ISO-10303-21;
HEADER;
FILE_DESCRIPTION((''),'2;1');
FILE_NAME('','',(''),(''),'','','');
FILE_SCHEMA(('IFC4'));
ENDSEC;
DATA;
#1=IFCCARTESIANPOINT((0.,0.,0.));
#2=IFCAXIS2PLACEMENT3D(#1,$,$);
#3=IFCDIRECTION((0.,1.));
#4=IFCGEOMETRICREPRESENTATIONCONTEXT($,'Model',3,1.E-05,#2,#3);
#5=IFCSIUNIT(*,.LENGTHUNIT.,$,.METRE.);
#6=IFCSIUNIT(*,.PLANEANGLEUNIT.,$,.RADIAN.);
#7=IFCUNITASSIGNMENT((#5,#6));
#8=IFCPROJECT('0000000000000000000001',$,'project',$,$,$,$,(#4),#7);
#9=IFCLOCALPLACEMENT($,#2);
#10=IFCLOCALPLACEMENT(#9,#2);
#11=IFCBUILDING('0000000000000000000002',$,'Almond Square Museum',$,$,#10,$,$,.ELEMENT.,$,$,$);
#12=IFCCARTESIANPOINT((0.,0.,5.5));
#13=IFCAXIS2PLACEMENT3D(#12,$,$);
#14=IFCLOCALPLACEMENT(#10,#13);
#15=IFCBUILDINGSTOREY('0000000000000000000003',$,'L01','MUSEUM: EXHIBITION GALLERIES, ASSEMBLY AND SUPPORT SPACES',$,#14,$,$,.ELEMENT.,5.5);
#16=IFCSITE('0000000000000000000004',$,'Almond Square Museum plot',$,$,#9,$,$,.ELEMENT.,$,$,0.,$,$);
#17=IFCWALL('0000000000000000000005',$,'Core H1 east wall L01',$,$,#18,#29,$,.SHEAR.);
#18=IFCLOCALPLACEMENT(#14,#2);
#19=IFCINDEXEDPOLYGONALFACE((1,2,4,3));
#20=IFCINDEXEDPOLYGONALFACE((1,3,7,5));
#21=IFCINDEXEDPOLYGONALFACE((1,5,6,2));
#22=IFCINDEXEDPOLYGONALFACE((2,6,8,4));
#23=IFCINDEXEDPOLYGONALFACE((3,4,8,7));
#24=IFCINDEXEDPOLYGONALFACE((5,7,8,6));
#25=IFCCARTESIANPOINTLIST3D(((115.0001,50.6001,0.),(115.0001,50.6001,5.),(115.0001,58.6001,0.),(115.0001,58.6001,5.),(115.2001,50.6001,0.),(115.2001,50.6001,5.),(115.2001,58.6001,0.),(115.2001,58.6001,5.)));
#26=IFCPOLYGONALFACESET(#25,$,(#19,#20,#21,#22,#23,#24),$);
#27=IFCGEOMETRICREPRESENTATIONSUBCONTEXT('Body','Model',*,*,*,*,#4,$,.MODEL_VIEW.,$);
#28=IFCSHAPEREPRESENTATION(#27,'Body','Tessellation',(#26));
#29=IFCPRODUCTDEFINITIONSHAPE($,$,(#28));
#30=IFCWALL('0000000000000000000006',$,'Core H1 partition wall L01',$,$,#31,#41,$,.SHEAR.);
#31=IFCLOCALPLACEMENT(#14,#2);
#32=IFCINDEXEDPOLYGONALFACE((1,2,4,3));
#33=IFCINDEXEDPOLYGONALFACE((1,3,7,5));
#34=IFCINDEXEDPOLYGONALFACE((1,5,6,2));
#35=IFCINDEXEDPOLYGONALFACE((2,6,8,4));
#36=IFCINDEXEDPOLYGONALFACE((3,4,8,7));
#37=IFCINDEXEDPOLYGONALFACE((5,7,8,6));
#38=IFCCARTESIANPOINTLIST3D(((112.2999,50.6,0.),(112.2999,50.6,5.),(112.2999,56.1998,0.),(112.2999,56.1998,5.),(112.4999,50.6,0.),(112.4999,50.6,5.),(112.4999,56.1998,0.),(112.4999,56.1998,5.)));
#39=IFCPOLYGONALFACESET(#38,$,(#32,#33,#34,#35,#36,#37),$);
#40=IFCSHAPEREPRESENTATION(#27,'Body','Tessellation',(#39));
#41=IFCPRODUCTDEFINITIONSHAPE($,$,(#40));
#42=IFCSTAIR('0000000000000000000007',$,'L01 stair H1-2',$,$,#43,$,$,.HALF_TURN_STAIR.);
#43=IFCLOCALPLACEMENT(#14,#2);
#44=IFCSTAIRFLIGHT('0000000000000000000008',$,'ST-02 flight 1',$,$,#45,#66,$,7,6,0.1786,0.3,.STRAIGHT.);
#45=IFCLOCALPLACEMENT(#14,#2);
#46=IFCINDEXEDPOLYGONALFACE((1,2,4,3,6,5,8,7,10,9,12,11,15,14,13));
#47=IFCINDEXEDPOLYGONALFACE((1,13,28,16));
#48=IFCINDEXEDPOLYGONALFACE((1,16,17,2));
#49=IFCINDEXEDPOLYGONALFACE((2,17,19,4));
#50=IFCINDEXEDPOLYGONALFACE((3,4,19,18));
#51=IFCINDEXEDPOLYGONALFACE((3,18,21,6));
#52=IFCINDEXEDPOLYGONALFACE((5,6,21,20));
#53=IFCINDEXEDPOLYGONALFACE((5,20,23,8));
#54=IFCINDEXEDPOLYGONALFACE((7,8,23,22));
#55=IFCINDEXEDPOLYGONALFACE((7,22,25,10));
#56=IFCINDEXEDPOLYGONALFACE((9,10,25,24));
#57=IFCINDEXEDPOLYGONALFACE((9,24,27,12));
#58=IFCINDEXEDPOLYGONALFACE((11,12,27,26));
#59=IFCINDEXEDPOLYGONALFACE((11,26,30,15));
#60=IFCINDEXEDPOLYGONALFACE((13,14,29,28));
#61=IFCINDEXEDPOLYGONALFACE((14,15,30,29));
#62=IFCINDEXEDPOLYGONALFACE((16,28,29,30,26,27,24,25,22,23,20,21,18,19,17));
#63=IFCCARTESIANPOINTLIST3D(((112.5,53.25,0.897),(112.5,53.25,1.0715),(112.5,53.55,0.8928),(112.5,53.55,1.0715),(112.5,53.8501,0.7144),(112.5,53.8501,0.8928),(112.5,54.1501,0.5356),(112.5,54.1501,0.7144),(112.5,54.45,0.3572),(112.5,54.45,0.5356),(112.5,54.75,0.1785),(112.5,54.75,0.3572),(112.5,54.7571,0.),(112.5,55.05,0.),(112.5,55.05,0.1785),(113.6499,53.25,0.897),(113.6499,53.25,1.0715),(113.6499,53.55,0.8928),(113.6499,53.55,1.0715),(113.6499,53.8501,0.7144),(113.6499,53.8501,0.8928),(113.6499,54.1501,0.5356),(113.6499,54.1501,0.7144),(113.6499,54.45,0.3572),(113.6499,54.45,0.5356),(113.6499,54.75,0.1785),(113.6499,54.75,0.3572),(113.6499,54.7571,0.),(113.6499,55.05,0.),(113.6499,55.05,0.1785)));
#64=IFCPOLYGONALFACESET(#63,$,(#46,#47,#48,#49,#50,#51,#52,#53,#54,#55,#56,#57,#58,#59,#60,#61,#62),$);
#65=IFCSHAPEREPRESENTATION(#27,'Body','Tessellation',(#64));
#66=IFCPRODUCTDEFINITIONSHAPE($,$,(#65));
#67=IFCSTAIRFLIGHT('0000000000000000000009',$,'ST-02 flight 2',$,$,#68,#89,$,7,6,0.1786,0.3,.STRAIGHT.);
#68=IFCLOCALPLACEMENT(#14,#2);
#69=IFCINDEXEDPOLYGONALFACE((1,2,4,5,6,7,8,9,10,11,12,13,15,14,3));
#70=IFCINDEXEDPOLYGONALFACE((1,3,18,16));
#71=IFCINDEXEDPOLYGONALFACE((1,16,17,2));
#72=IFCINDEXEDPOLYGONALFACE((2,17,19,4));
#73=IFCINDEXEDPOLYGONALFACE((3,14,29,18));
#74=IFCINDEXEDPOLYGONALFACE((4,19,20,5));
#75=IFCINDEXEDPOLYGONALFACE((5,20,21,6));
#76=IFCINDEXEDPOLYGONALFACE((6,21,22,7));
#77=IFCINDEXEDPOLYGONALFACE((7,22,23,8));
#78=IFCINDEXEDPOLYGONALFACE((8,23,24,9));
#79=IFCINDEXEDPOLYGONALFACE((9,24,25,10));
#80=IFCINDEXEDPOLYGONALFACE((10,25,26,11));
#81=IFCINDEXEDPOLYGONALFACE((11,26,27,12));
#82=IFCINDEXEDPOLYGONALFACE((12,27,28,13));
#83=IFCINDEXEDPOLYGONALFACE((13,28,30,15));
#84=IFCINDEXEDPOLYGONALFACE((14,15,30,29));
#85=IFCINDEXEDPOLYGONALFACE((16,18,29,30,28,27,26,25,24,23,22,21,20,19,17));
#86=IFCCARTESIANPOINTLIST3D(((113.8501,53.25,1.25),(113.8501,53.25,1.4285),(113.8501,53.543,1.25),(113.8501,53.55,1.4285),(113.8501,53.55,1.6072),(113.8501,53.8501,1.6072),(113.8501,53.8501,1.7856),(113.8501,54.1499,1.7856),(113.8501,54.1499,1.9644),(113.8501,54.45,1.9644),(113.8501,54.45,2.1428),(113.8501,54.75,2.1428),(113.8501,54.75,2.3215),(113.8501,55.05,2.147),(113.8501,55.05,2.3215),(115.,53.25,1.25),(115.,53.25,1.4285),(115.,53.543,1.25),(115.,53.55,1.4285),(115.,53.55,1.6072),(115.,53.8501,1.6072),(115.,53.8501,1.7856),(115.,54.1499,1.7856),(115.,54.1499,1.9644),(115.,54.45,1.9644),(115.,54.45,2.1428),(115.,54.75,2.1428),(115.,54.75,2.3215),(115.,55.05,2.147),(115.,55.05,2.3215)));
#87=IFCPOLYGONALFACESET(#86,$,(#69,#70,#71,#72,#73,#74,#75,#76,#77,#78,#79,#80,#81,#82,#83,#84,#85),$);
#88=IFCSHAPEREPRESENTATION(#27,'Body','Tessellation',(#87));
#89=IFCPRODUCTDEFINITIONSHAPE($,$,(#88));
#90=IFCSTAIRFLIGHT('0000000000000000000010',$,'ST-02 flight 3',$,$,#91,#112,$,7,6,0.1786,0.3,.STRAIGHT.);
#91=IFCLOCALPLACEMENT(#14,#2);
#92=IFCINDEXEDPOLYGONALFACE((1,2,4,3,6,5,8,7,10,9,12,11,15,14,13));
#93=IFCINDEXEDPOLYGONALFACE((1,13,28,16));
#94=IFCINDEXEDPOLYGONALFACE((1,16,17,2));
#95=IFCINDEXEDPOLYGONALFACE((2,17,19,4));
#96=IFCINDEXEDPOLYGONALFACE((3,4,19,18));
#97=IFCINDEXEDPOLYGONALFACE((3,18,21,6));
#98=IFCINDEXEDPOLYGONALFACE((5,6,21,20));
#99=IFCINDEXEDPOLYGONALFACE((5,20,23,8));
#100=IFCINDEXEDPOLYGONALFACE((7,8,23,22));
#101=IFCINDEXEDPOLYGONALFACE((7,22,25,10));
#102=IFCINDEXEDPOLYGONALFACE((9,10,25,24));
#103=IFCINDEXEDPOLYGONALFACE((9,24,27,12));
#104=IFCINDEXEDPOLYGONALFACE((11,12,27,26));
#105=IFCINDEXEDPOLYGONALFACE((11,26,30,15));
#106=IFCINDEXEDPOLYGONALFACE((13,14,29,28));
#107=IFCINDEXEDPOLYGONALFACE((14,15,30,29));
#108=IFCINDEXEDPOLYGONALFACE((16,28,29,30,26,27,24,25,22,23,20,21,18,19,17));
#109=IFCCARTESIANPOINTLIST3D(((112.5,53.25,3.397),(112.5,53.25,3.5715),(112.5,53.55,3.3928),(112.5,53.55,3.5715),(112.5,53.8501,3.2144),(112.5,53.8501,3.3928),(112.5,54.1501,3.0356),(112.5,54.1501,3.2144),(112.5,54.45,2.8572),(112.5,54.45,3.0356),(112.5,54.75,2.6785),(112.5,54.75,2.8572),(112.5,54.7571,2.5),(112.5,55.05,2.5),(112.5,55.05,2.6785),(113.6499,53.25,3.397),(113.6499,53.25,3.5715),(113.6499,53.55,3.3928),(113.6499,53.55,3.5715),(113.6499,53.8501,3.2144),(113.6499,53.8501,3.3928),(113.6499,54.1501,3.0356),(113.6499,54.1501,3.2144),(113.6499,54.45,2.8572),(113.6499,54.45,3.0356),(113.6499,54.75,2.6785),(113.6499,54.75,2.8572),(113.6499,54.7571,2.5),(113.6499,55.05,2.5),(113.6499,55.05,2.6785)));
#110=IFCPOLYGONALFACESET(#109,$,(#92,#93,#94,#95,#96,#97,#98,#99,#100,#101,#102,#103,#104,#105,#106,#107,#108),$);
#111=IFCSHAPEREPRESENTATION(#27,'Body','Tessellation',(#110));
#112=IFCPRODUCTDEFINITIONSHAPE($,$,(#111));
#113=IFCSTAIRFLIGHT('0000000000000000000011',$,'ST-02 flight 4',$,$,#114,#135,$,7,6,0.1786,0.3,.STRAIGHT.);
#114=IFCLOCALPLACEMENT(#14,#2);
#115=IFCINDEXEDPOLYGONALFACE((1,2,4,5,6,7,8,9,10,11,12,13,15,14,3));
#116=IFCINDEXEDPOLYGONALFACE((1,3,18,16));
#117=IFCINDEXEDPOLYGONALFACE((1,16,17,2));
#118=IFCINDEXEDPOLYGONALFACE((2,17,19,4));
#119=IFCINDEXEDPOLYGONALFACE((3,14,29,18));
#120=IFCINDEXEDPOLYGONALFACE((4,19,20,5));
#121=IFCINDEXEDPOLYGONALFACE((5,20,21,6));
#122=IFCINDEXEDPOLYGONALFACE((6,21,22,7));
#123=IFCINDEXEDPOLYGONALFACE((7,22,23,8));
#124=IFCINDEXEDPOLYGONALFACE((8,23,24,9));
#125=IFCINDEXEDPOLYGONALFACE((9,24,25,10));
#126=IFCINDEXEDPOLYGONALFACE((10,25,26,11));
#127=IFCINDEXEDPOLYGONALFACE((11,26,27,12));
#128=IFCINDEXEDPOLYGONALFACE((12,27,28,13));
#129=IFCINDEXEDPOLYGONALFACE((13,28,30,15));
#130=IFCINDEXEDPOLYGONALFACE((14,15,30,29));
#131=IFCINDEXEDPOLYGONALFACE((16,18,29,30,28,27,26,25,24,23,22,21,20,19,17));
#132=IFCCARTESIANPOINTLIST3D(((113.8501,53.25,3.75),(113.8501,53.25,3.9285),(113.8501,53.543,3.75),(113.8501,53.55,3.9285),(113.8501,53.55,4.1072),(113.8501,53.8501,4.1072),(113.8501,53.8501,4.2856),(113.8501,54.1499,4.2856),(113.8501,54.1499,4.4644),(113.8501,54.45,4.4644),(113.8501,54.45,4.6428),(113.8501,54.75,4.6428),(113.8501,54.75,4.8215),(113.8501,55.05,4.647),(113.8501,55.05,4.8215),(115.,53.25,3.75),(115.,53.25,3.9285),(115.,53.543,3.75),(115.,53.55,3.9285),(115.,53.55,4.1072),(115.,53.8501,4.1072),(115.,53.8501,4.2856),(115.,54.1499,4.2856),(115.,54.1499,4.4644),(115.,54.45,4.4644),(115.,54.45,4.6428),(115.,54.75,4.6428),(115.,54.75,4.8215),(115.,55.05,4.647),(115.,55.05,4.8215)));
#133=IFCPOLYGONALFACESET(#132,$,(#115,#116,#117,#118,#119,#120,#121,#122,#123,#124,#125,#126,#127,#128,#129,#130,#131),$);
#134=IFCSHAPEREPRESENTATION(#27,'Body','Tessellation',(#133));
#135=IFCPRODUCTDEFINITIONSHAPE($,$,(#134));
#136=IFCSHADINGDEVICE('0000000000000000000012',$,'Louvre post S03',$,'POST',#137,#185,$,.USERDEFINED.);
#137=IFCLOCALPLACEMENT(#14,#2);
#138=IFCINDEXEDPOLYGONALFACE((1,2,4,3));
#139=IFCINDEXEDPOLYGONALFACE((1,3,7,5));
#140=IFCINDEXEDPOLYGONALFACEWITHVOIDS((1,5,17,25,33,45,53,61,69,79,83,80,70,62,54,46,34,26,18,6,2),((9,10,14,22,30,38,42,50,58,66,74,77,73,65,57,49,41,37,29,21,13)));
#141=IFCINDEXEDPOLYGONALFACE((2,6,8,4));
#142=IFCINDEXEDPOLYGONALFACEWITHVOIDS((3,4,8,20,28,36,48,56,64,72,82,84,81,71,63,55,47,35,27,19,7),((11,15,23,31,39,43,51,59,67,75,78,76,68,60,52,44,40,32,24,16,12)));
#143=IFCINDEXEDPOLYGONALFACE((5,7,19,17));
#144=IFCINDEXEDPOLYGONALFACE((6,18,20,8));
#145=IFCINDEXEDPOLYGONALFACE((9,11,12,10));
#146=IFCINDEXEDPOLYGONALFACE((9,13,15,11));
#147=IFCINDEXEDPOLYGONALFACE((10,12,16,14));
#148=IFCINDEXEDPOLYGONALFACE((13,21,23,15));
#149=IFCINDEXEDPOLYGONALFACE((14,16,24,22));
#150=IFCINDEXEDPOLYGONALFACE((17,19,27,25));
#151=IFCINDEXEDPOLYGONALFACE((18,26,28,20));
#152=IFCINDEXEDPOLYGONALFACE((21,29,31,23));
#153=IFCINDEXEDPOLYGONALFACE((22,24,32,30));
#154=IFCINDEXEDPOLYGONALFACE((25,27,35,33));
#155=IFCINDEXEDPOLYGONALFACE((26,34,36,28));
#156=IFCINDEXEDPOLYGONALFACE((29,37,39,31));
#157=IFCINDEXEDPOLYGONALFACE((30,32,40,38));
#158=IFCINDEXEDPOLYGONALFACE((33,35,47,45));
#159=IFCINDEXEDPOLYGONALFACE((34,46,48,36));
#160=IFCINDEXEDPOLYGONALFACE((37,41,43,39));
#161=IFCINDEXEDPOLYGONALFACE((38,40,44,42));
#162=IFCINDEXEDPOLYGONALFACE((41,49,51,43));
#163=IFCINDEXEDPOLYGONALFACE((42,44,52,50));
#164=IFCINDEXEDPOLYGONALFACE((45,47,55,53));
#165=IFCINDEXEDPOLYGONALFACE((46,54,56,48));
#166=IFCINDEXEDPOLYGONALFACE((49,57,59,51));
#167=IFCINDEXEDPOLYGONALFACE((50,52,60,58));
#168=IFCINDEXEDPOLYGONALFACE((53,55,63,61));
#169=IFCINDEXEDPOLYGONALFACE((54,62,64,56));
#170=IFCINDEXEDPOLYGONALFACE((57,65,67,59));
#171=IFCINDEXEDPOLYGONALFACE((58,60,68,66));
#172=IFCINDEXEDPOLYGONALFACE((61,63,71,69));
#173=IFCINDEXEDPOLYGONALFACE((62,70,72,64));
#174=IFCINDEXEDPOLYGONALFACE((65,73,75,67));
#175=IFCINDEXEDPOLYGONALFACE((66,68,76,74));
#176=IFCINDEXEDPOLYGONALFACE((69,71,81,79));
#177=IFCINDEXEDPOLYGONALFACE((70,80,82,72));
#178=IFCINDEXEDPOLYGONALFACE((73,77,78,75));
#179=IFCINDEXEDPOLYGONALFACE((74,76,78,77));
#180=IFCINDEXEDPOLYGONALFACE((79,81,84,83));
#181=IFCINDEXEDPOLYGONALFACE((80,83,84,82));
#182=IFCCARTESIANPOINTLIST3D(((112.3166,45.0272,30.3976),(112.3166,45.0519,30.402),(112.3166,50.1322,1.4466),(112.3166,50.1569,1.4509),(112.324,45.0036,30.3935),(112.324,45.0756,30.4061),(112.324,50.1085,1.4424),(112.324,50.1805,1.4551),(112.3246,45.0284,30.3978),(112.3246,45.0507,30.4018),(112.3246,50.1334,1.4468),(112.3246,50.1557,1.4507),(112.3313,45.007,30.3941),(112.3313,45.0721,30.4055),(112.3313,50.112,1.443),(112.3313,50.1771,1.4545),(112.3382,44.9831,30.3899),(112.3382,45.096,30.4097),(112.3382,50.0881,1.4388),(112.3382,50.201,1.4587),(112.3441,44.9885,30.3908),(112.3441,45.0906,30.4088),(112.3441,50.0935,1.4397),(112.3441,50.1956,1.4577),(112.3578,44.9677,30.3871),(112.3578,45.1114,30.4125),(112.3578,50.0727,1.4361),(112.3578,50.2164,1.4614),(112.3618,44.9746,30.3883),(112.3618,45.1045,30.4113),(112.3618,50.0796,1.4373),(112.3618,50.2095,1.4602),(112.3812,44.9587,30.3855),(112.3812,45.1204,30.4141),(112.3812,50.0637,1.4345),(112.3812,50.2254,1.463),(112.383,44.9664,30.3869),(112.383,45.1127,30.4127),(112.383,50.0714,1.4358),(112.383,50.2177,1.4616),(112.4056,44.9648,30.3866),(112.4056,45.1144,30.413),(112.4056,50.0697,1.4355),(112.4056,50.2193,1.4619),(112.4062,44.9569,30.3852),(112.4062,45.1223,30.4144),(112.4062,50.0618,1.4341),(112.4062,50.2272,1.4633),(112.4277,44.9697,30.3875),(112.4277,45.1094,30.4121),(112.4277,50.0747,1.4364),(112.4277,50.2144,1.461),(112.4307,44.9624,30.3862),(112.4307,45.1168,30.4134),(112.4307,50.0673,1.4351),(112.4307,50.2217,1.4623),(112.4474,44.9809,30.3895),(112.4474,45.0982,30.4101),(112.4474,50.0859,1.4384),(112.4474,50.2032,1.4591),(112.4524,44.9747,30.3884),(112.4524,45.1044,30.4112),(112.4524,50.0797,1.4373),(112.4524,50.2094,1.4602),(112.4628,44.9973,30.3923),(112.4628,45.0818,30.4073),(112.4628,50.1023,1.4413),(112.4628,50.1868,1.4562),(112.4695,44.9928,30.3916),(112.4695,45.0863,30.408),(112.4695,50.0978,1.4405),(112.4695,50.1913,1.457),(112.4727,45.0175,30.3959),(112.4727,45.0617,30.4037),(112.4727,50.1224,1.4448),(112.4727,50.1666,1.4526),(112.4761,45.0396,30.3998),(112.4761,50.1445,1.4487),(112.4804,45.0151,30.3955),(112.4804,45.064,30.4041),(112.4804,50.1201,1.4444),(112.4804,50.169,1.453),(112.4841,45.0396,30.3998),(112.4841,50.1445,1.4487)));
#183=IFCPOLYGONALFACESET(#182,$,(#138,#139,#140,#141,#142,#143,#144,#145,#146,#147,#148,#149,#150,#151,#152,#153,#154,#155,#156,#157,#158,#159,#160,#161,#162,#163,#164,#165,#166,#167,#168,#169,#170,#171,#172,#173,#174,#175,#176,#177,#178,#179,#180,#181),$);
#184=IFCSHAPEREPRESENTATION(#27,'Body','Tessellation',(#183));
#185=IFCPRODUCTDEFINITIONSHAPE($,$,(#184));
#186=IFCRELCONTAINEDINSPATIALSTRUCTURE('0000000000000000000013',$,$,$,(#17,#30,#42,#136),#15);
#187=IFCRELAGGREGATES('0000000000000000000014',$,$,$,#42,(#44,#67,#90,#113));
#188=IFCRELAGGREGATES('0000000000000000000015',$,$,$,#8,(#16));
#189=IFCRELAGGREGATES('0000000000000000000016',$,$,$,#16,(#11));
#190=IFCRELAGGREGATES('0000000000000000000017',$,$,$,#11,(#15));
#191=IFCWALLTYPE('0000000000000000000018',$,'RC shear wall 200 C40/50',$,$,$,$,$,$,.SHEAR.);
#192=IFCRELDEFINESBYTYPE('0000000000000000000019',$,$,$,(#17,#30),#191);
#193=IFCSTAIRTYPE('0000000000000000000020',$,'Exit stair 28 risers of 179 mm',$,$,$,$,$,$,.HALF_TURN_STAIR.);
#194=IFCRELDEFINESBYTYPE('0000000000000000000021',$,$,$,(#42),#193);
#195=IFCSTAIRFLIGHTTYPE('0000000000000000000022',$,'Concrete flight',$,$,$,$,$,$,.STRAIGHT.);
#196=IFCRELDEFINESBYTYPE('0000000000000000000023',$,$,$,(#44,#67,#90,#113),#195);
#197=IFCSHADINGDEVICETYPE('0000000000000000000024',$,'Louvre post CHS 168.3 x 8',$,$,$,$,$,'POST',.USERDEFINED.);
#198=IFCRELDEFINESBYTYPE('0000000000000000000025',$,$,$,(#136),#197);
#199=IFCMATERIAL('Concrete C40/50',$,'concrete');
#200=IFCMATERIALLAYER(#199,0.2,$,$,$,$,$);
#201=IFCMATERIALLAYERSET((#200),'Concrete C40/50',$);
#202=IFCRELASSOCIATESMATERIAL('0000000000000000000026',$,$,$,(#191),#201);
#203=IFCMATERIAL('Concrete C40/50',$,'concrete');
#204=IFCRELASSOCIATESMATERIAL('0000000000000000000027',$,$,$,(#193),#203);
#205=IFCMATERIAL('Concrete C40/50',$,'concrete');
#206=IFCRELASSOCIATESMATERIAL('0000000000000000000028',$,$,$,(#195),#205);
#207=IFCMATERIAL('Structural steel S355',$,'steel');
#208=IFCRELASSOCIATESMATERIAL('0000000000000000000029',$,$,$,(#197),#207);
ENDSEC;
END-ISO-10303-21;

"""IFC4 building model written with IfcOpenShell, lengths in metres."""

from ifc_helpers import new_model, si_unit, direction, frame, frame_2d, origin, origin_2d, place, context, subcontext, project, spatial, polyline, rectangle, hollow_circle, outline, extrude, material, layer, layer_set, material_profile, profile_set, type_object, element, aggregate, save


model = new_model("IFC4")

# Units and contexts
model_context = context("Model", 3, precision=1e-05, world=origin(), true_north=direction((0.0, 1.0)))
body_context = subcontext(model_context, "Body", "Model", "MODEL_VIEW")
ifc_project = project(units=[si_unit("LENGTHUNIT", "METRE"), si_unit("PLANEANGLEUNIT", "RADIAN")], contexts=[model_context])

# Site, building, storey
site_placement = place(None, origin())
site = spatial("IfcSite", under=ifc_project, at=site_placement, Name="Almond Square Museum plot", CompositionType="ELEMENT", RefElevation=0.0)
building_placement = place(site_placement, origin())
building = spatial("IfcBuilding", under=site, at=building_placement, Name="Almond Square Museum", CompositionType="ELEMENT")
storey_placement = place(building_placement, frame((0.0, 0.0, 5.5)))
storey = spatial("IfcBuildingStorey", under=building, at=storey_placement, Name="L01", Description="MUSEUM: EXHIBITION GALLERIES, ASSEMBLY AND SUPPORT SPACES", CompositionType="ELEMENT", Elevation=5.5)

# Walls
ifc_material_1 = material(Name="Concrete C40/50", Category="concrete")
ifc_layer_1 = layer(ifc_material_1, 0.2)
ifc_layer_set_1 = layer_set([ifc_layer_1], Name="Concrete C40/50")
wall_type = type_object("IfcWallType", Name="RC shear wall 200 C40/50", PredefinedType="SHEAR", material=ifc_layer_set_1)
wall_1_placement = place(storey_placement, frame((115.1001, 50.6001, 0.0), z_axis=(0.0, 0.0, 1.0), x_axis=(0.0, 1.0, 0.0)))
element("IfcWall", 1, at=wall_1_placement, inside=storey, type_object=wall_type, Name="Core H1 east wall L01", PredefinedType="SHEAR", context=body_context, shape_type="SweptSolid", body=[
    extrude(rectangle(XDim=8.0, YDim=0.2, at=frame_2d((4.0, 0.0))), origin(), (0.0, 0.0, 1.0), 5.0),
])
wall_2_placement = place(storey_placement, frame((112.3999, 50.6001, 0.0), z_axis=(0.0, 0.0, 1.0), x_axis=(0.0, 1.0, 0.0)))
element("IfcWall", 2, at=wall_2_placement, inside=storey, type_object=wall_type, Name="Core H1 partition wall L01", PredefinedType="SHEAR", context=body_context, shape_type="SweptSolid", body=[
    extrude(rectangle(XDim=5.5999, YDim=0.2, at=frame_2d((2.7998, 0.0))), origin(), (0.0, 0.0, 1.0), 5.0),
])

# Stair, stair flights
ifc_material_2 = material(Name="Concrete C40/50", Category="concrete")
stair_type = type_object("IfcStairType", Name="Exit stair 28 risers of 179 mm", PredefinedType="HALF_TURN_STAIR", material=ifc_material_2)
stair_placement = place(storey_placement, origin())
stair = element("IfcStair", 3, at=stair_placement, inside=storey, type_object=stair_type, Name="L01 stair H1-2", PredefinedType="HALF_TURN_STAIR")
ifc_material_3 = material(Name="Concrete C40/50", Category="concrete")
stair_flight_type = type_object("IfcStairFlightType", Name="Concrete flight", PredefinedType="STRAIGHT", material=ifc_material_3)
stair_flight_1_placement = place(storey_placement, frame((113.075, 55.05, 0.0), z_axis=(0.0, 0.0, 1.0), x_axis=(0.0, -1.0, 0.0)))
stair_flight_1 = element("IfcStairFlight", 4, at=stair_flight_1_placement, type_object=stair_flight_type, Name="ST-02 flight 1", NumberOfRisers=7, NumberOfTreads=6, PredefinedType="STRAIGHT", RiserHeight=0.1786, TreadLength=0.3, context=body_context, shape_type="SweptSolid", body=[
    extrude(outline(polyline([(0.0, 0.0), (0.0, 0.1785), (0.3, 0.1785), (0.3, 0.3572), (0.6001, 0.3572), (0.6001, 0.5356), (0.8999, 0.5356), (0.8999, 0.7144), (1.2, 0.7144), (1.2, 0.8928), (1.5, 0.8928), (1.5, 1.0715), (1.8, 1.0715), (1.8, 1.25), (1.8, 0.897), (0.293, 0.0), (0.0, 0.0)])), frame((0.0, 0.575, 0.0), z_axis=(0.0, -1.0, 0.0), x_axis=(1.0, 0.0, 0.0)), (0.0, 0.0, 1.0), 1.1499),
])
stair_flight_2_placement = place(storey_placement, frame((114.425, 53.25, 1.25), z_axis=(0.0, 0.0, 1.0), x_axis=(0.0, 1.0, 0.0)))
stair_flight_2 = element("IfcStairFlight", 5, at=stair_flight_2_placement, type_object=stair_flight_type, Name="ST-02 flight 2", NumberOfRisers=7, NumberOfTreads=6, PredefinedType="STRAIGHT", RiserHeight=0.1786, TreadLength=0.3, context=body_context, shape_type="SweptSolid", body=[
    extrude(outline(polyline([(0.0, 0.0), (0.0, 0.1785), (0.3, 0.1785), (0.3, 0.3572), (0.6001, 0.3572), (0.6001, 0.5356), (0.8999, 0.5356), (0.8999, 0.7144), (1.2, 0.7144), (1.2, 0.8928), (1.5, 0.8928), (1.5, 1.0715), (1.8, 1.0715), (1.8, 1.25), (1.8, 0.897), (0.293, 0.0), (0.0, 0.0)])), frame((0.0, 0.575, 0.0), z_axis=(0.0, -1.0, 0.0), x_axis=(1.0, 0.0, 0.0)), (0.0, 0.0, 1.0), 1.1499),
])
stair_flight_3_placement = place(storey_placement, frame((113.075, 55.05, 2.5), z_axis=(0.0, 0.0, 1.0), x_axis=(0.0, -1.0, 0.0)))
stair_flight_3 = element("IfcStairFlight", 6, at=stair_flight_3_placement, type_object=stair_flight_type, Name="ST-02 flight 3", NumberOfRisers=7, NumberOfTreads=6, PredefinedType="STRAIGHT", RiserHeight=0.1786, TreadLength=0.3, context=body_context, shape_type="SweptSolid", body=[
    extrude(outline(polyline([(0.0, 0.0), (0.0, 0.1785), (0.3, 0.1785), (0.3, 0.3572), (0.6001, 0.3572), (0.6001, 0.5356), (0.8999, 0.5356), (0.8999, 0.7144), (1.2, 0.7144), (1.2, 0.8928), (1.5, 0.8928), (1.5, 1.0715), (1.8, 1.0715), (1.8, 1.25), (1.8, 0.897), (0.293, 0.0), (0.0, 0.0)])), frame((0.0, 0.575, 0.0), z_axis=(0.0, -1.0, 0.0), x_axis=(1.0, 0.0, 0.0)), (0.0, 0.0, 1.0), 1.1499),
])
stair_flight_4_placement = place(storey_placement, frame((114.425, 53.25, 3.75), z_axis=(0.0, 0.0, 1.0), x_axis=(0.0, 1.0, 0.0)))
stair_flight_4 = element("IfcStairFlight", 7, at=stair_flight_4_placement, type_object=stair_flight_type, Name="ST-02 flight 4", NumberOfRisers=7, NumberOfTreads=6, PredefinedType="STRAIGHT", RiserHeight=0.1786, TreadLength=0.3, context=body_context, shape_type="SweptSolid", body=[
    extrude(outline(polyline([(0.0, 0.0), (0.0, 0.1785), (0.3, 0.1785), (0.3, 0.3572), (0.6001, 0.3572), (0.6001, 0.5356), (0.8999, 0.5356), (0.8999, 0.7144), (1.2, 0.7144), (1.2, 0.8928), (1.5, 0.8928), (1.5, 1.0715), (1.8, 1.0715), (1.8, 1.25), (1.8, 0.897), (0.293, 0.0), (0.0, 0.0)])), frame((0.0, 0.575, 0.0), z_axis=(0.0, -1.0, 0.0), x_axis=(1.0, 0.0, 0.0)), (0.0, 0.0, 1.0), 1.1499),
])
aggregate(stair, [stair_flight_1, stair_flight_2, stair_flight_3, stair_flight_4])

# Shading device
ifc_material_4 = material(Name="Structural steel S355", Category="steel")
ifc_material_profile = material_profile(ifc_material_4, hollow_circle(Radius=0.0842, WallThickness=0.0081, at=origin_2d()))
ifc_profile_set = profile_set([ifc_material_profile], Name="Structural steel S355")
shading_device_type = type_object("IfcShadingDeviceType", Name="Louvre post CHS 168.3 x 8", ElementType="POST", PredefinedType="USERDEFINED", material=ifc_profile_set)
shading_device_placement = place(storey_placement, frame((112.3999, 50.1445, 1.4487), z_axis=(0.0, -0.173652, 0.984807), x_axis=(1.0, 0.0, 0.0)))
element("IfcShadingDevice", 8, at=shading_device_placement, inside=storey, type_object=shading_device_type, Name="Louvre post S03", ObjectType="POST", PredefinedType="USERDEFINED", context=body_context, shape_type="SweptSolid", body=[
    extrude(hollow_circle(Radius=0.0842, WallThickness=0.0081, at=origin_2d()), origin(), (0.0, 0.0, 1.0), 29.3977),
])

save(model, "model.ifc")
